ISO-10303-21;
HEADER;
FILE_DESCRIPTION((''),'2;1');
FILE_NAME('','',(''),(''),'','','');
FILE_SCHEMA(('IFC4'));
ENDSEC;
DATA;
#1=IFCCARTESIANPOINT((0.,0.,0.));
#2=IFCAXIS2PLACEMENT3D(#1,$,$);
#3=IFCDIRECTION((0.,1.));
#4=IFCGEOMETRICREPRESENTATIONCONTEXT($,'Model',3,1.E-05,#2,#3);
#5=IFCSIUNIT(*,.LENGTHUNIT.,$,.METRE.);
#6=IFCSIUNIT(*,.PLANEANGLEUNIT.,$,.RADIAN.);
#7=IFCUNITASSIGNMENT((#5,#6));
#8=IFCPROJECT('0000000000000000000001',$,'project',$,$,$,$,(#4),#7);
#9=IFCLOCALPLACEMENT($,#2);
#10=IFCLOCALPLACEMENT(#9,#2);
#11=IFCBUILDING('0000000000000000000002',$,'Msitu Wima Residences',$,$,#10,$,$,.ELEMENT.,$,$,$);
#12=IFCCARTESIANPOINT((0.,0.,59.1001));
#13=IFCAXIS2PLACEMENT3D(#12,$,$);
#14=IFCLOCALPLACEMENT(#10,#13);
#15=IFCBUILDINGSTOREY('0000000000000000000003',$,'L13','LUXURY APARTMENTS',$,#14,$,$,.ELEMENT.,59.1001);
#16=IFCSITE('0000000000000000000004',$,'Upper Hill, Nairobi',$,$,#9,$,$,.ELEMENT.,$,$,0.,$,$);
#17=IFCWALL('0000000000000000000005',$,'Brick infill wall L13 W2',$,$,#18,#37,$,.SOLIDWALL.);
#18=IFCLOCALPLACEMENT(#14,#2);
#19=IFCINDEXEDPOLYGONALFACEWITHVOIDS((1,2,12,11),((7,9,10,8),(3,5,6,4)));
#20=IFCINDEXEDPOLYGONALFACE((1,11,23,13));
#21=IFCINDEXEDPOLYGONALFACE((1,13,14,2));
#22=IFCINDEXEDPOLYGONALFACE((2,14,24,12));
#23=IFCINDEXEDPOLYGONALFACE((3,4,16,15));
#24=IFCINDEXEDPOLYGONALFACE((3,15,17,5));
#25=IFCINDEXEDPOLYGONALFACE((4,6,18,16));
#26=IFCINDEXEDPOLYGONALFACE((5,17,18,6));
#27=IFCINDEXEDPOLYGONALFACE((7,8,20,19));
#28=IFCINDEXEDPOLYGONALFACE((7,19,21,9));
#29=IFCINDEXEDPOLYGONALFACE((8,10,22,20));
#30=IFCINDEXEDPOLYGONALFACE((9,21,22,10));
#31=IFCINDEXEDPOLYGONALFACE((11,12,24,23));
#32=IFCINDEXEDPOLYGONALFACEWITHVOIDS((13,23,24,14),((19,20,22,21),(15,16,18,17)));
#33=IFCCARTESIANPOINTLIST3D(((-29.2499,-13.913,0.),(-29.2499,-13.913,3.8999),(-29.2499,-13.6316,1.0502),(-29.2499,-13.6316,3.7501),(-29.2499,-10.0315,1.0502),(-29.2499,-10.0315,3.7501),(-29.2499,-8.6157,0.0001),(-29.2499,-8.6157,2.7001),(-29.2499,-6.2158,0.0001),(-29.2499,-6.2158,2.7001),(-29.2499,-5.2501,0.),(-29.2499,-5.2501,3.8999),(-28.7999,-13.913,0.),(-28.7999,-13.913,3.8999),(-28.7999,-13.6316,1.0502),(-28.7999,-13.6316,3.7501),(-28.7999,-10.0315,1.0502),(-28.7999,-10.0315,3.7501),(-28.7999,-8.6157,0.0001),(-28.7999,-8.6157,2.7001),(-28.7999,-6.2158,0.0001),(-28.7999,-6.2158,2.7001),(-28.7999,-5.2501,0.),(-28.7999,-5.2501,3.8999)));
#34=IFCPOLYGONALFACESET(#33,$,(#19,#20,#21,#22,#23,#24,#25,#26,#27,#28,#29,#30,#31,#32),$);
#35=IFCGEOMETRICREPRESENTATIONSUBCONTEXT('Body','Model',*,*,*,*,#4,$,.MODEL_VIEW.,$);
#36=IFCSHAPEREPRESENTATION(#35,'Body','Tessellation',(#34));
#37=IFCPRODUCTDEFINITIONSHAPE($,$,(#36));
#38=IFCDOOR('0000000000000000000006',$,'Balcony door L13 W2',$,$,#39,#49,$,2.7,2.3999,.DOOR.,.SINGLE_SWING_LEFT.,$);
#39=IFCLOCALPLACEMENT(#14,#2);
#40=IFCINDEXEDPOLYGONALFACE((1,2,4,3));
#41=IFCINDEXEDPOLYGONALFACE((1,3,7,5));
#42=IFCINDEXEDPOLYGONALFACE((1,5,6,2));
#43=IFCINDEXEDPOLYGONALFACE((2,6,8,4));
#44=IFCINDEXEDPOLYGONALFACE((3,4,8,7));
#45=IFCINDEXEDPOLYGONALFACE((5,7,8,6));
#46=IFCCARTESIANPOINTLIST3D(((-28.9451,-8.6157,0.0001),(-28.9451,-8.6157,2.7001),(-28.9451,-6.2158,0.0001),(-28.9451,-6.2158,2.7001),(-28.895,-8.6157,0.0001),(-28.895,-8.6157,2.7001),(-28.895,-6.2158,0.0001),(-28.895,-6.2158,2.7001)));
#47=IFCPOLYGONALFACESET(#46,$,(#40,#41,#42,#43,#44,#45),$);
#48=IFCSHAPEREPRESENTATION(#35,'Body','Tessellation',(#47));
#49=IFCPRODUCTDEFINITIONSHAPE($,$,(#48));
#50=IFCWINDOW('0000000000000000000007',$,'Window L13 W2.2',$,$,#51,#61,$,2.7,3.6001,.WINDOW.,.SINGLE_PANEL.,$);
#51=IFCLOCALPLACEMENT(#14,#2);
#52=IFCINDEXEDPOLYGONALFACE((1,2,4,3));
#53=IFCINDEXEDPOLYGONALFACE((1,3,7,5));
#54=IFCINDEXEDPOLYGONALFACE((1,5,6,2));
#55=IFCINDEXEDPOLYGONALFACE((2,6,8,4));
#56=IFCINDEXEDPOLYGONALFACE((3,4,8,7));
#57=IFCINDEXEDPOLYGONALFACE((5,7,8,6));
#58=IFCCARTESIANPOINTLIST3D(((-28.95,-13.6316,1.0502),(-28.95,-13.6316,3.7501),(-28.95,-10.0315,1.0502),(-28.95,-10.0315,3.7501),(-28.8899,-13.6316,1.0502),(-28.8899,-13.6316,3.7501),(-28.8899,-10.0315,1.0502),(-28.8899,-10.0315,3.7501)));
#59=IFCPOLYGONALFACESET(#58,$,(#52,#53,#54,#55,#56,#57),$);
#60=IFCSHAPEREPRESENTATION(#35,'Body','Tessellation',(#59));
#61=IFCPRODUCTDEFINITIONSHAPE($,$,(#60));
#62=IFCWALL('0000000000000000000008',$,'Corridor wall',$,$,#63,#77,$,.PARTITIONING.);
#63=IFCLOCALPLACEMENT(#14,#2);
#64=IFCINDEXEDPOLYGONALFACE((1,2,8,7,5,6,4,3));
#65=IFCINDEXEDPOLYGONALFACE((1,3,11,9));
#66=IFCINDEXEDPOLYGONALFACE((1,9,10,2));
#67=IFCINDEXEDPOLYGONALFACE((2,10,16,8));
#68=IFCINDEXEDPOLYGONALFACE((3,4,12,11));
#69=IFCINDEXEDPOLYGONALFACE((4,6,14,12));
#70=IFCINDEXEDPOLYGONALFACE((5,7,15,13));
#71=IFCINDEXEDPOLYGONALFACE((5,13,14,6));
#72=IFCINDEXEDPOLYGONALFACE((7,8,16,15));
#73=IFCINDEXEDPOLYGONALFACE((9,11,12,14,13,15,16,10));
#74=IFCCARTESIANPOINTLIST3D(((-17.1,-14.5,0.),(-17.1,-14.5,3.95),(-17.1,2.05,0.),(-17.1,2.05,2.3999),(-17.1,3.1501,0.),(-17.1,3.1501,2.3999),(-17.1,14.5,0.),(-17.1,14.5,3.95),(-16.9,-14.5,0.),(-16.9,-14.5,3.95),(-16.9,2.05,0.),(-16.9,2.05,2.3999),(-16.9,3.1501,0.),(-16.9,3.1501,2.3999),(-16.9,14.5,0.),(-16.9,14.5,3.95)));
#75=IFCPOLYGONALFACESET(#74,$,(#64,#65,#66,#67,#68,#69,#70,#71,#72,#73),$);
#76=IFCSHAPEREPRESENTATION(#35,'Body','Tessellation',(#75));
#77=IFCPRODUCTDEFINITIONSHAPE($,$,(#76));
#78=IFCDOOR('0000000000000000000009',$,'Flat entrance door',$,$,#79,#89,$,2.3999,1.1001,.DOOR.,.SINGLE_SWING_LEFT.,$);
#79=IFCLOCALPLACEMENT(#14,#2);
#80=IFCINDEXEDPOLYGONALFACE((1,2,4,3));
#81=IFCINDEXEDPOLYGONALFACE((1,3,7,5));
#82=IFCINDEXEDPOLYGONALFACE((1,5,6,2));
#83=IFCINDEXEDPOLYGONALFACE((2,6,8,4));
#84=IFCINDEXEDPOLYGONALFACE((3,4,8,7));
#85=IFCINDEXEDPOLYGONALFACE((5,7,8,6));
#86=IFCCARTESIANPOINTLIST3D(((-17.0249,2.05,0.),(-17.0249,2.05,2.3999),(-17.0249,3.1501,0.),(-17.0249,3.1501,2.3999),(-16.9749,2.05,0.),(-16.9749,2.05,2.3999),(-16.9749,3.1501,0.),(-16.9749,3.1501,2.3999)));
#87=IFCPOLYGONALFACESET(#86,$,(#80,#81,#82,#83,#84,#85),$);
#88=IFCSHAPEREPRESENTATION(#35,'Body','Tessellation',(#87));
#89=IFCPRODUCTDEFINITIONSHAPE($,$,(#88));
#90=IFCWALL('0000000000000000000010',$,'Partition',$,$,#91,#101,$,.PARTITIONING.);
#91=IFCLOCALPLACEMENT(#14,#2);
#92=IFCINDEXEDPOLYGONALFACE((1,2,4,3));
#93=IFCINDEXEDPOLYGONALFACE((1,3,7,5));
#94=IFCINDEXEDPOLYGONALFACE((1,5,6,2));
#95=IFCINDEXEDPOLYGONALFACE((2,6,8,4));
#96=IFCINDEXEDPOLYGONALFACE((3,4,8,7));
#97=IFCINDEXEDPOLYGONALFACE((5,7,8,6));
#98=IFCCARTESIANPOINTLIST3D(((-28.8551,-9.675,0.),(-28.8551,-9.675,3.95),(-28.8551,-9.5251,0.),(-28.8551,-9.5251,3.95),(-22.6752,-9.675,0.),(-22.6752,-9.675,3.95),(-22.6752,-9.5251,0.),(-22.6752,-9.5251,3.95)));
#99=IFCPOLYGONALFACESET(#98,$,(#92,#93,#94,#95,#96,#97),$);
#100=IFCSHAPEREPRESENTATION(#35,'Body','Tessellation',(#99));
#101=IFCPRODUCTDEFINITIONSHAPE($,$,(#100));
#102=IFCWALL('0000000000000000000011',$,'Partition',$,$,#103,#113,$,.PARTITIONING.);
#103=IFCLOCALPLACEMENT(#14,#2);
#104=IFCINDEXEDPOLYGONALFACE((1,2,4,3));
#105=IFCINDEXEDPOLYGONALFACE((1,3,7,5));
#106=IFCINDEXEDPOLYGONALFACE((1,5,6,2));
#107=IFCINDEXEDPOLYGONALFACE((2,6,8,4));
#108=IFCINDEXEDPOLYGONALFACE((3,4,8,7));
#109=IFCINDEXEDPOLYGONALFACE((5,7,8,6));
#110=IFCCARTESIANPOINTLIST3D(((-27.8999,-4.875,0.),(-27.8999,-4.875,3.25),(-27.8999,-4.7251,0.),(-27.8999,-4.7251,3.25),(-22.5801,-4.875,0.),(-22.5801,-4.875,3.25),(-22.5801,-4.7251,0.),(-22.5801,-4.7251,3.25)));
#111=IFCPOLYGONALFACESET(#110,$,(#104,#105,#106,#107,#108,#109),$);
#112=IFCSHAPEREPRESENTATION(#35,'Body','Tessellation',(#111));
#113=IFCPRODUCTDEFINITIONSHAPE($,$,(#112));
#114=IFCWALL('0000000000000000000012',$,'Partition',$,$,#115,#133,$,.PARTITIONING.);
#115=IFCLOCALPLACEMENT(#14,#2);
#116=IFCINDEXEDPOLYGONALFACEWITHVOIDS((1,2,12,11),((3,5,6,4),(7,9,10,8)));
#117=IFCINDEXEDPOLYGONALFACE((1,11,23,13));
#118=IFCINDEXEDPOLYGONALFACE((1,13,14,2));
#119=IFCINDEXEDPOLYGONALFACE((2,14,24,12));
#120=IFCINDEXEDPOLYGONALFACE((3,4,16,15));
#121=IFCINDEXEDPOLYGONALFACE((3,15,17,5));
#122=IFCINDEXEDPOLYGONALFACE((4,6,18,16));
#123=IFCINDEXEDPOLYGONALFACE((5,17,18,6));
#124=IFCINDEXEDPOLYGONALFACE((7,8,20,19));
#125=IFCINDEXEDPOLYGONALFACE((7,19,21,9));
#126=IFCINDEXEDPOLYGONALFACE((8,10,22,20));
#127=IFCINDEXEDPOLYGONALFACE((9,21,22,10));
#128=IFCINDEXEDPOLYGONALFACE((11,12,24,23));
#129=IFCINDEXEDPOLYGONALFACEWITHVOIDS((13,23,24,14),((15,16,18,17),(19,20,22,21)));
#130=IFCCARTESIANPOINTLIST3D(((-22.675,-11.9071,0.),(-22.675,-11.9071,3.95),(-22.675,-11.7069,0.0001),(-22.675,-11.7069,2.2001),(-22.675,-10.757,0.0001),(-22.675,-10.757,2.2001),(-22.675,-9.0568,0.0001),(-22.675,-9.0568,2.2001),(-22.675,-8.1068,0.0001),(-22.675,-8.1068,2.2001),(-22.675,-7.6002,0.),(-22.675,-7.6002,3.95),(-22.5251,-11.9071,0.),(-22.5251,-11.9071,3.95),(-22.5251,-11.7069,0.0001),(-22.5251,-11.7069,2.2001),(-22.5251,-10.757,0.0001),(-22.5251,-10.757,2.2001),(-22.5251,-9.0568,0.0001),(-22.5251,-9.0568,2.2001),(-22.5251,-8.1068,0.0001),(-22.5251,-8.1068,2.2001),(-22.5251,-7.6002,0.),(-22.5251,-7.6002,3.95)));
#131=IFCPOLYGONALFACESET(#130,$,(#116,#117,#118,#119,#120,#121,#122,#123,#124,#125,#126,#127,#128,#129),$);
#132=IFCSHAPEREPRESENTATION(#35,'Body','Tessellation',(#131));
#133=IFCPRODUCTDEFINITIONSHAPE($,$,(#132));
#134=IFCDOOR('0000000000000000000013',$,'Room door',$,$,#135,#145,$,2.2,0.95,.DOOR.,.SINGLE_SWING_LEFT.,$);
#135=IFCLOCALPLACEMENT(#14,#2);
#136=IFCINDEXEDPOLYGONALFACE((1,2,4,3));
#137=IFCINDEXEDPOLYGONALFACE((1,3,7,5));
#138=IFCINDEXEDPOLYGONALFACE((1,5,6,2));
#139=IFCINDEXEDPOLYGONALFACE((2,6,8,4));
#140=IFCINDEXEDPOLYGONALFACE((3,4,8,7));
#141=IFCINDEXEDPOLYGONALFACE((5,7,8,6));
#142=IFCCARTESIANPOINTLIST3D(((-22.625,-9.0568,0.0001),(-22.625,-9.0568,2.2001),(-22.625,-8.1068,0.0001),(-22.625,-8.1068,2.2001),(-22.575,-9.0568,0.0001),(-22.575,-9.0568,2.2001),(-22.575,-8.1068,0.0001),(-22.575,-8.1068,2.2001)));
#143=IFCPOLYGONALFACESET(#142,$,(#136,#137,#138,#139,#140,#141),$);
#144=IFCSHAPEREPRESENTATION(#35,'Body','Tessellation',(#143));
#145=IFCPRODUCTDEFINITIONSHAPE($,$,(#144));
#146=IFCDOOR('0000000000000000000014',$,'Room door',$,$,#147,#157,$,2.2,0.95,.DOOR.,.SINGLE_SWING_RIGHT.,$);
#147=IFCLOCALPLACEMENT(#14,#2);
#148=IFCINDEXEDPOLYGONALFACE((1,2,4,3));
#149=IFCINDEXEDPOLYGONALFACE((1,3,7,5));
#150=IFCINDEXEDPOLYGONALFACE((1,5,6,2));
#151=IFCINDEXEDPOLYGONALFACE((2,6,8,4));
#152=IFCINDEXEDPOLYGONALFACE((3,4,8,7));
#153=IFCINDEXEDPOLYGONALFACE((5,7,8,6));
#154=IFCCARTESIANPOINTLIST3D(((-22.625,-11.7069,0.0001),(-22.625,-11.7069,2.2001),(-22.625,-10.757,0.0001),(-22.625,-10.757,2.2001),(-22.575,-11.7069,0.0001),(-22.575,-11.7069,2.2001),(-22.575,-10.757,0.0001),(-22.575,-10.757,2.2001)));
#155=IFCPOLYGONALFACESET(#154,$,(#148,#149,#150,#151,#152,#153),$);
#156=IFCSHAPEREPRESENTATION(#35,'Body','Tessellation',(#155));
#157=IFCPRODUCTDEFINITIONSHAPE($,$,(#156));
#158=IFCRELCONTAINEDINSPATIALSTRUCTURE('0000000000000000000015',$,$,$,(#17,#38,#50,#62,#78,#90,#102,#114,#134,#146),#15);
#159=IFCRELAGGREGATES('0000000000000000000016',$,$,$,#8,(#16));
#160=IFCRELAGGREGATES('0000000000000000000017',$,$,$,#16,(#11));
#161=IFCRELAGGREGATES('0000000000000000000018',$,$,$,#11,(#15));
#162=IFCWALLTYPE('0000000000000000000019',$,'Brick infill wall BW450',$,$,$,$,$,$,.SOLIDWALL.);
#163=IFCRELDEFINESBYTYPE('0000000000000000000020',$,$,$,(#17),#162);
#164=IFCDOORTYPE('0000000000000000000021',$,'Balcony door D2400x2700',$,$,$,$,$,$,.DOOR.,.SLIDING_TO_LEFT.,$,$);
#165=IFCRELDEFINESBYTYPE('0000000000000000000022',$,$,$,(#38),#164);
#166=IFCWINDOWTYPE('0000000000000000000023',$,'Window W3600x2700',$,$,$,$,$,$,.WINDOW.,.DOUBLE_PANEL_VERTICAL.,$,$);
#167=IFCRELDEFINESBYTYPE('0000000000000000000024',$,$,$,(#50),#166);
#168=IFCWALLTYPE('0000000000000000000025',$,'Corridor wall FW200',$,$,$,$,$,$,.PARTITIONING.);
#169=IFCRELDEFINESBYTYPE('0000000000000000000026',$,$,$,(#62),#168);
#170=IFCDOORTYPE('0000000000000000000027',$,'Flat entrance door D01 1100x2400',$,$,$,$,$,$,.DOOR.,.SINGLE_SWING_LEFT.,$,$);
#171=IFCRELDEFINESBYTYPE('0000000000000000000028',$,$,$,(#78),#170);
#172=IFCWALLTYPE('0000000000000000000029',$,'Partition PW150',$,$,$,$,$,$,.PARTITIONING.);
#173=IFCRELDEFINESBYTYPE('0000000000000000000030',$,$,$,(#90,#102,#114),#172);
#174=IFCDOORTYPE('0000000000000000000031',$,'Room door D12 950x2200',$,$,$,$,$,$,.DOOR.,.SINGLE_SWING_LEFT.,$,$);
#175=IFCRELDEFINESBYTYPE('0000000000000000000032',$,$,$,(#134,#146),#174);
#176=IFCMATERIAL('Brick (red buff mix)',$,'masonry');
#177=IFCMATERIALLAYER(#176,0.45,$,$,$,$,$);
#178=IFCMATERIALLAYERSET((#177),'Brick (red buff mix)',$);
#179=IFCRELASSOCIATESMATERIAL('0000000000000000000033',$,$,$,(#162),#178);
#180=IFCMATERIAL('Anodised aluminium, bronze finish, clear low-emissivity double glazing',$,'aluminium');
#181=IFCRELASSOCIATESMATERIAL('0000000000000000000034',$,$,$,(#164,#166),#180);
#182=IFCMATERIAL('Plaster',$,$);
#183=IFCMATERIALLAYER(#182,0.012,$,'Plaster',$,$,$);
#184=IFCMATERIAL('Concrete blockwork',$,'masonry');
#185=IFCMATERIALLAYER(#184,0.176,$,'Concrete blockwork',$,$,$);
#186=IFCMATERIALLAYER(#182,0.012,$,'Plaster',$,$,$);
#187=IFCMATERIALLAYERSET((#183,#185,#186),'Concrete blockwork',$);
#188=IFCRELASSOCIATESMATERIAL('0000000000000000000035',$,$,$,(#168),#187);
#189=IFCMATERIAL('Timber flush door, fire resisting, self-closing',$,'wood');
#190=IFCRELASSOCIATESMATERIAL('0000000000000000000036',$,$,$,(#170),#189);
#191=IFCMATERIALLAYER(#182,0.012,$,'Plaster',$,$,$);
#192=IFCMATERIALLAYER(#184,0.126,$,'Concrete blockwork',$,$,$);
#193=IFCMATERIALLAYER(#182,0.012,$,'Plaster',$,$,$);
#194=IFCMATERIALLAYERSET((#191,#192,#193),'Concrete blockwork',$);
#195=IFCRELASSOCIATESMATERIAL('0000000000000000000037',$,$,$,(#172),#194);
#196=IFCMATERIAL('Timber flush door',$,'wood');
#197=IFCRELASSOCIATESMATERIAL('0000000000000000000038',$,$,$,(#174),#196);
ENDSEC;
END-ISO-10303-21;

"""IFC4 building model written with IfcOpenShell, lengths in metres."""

from ifc_helpers import new_model, si_unit, direction, frame, frame_2d, origin, place, context, subcontext, project, spatial, rectangle, extrude, material, layer, layer_set, type_object, element, fill, save


model = new_model("IFC4")

# Units and contexts
model_context = context("Model", 3, precision=1e-05, world=origin(), true_north=direction((0.0, 1.0)))
body_context = subcontext(model_context, "Body", "Model", "MODEL_VIEW")
ifc_project = project(units=[si_unit("LENGTHUNIT", "METRE"), si_unit("PLANEANGLEUNIT", "RADIAN")], contexts=[model_context])

# Site, building, storey
site_placement = place(None, origin())
site = spatial("IfcSite", under=ifc_project, at=site_placement, Name="Upper Hill, Nairobi", CompositionType="ELEMENT", RefElevation=0.0)
building_placement = place(site_placement, origin())
building = spatial("IfcBuilding", under=site, at=building_placement, Name="Msitu Wima Residences", CompositionType="ELEMENT")
storey_placement = place(building_placement, frame((0.0, 0.0, 59.1001)))
storey = spatial("IfcBuildingStorey", under=building, at=storey_placement, Name="L13", Description="LUXURY APARTMENTS", CompositionType="ELEMENT", Elevation=59.1001)

# Wall, openings, door, window
ifc_material_1 = material(Name="Brick (red buff mix)", Category="masonry")
ifc_layer_1 = layer(ifc_material_1, 0.45)
ifc_layer_set_1 = layer_set([ifc_layer_1], Name="Brick (red buff mix)")
wall_type_1 = type_object("IfcWallType", Name="Brick infill wall BW450", PredefinedType="SOLIDWALL", material=ifc_layer_set_1)
wall_1_placement = place(storey_placement, frame((-29.0249, -5.25, 0.0), z_axis=(0.0, 0.0, 1.0), x_axis=(0.0, -1.0, 0.0)))
wall_1 = element("IfcWall", 1, at=wall_1_placement, inside=storey, type_object=wall_type_1, Name="Brick infill wall L13 W2", PredefinedType="SOLIDWALL", context=body_context, shape_type="SweptSolid", body=[
    extrude(rectangle(XDim=8.6628, YDim=0.45, at=frame_2d((4.3315, 0.0))), origin(), (0.0, 0.0, 1.0), 3.8999),
])
opening_1_placement = place(wall_1_placement, frame((0.9658, 0.0, 0.0)))
opening_1 = element("IfcOpeningElement", 2, at=opening_1_placement, cuts=wall_1, PredefinedType="OPENING", context=body_context, shape_type="SweptSolid", body=[
    extrude(rectangle(XDim=2.3999, YDim=2.7, at=frame_2d((1.2, 1.3501))), frame((0.0, 0.2349, 0.0), z_axis=(0.0, -1.0, 0.0), x_axis=(1.0, 0.0, 0.0)), (0.0, 0.0, 1.0), 0.47),
])
opening_2_placement = place(wall_1_placement, frame((4.7815, 0.0, 1.05)))
opening_2 = element("IfcOpeningElement", 3, at=opening_2_placement, cuts=wall_1, PredefinedType="OPENING", context=body_context, shape_type="SweptSolid", body=[
    extrude(rectangle(XDim=3.6001, YDim=2.7, at=frame_2d((1.8, 1.3501))), frame((0.0, 0.2349, 0.0), z_axis=(0.0, -1.0, 0.0), x_axis=(1.0, 0.0, 0.0)), (0.0, 0.0, 1.0), 0.47),
])
ifc_material_2 = material(Name="Anodised aluminium, bronze finish, clear low-emissivity double glazing", Category="aluminium")
door_type_1 = type_object("IfcDoorType", Name="Balcony door D2400x2700", OperationType="SLIDING_TO_LEFT", PredefinedType="DOOR", material=ifc_material_2)
door_1_placement = place(opening_1_placement, origin())
door_1 = element("IfcDoor", 4, at=door_1_placement, inside=storey, type_object=door_type_1, Name="Balcony door L13 W2", OperationType="SINGLE_SWING_LEFT", OverallHeight=2.7, OverallWidth=2.3999, PredefinedType="DOOR", context=body_context, shape_type="SweptSolid", body=[
    extrude(rectangle(XDim=2.3999, YDim=2.7, at=frame_2d((1.2, 1.3501))), frame((0.0, 0.1299, 0.0), z_axis=(0.0, -1.0, 0.0), x_axis=(1.0, 0.0, 0.0)), (0.0, 0.0, 1.0), 0.05),
])
fill(opening_1, door_1)
window_type = type_object("IfcWindowType", Name="Window W3600x2700", PartitioningType="DOUBLE_PANEL_VERTICAL", PredefinedType="WINDOW", material=ifc_material_2)
window_placement = place(opening_2_placement, origin())
window = element("IfcWindow", 5, at=window_placement, inside=storey, type_object=window_type, Name="Window L13 W2.2", OverallHeight=2.7, OverallWidth=3.6001, PartitioningType="SINGLE_PANEL", PredefinedType="WINDOW", context=body_context, shape_type="SweptSolid", body=[
    extrude(rectangle(XDim=3.6001, YDim=2.7, at=frame_2d((1.8, 1.3501))), frame((0.0, 0.135, 0.0), z_axis=(0.0, -1.0, 0.0), x_axis=(1.0, 0.0, 0.0)), (0.0, 0.0, 1.0), 0.0601),
])
fill(opening_2, window)

# Wall, opening, door
ifc_material_3 = material(Name="Plaster")
ifc_layer_2 = layer(ifc_material_3, 0.012, Name="Plaster")
ifc_material_4 = material(Name="Concrete blockwork", Category="masonry")
ifc_layer_3 = layer(ifc_material_4, 0.176, Name="Concrete blockwork")
ifc_layer_4 = layer(ifc_material_3, 0.012, Name="Plaster")
ifc_layer_set_2 = layer_set([ifc_layer_2, ifc_layer_3, ifc_layer_4], Name="Concrete blockwork")
wall_type_2 = type_object("IfcWallType", Name="Corridor wall FW200", PredefinedType="PARTITIONING", material=ifc_layer_set_2)
wall_2_placement = place(storey_placement, frame((-17.0, -14.5, 0.0), z_axis=(0.0, 0.0, 1.0), x_axis=(0.0, 1.0, 0.0)))
wall_2 = element("IfcWall", 6, at=wall_2_placement, inside=storey, type_object=wall_type_2, Name="Corridor wall", PredefinedType="PARTITIONING", context=body_context, shape_type="SweptSolid", body=[
    extrude(rectangle(XDim=29.0, YDim=0.2, at=frame_2d((14.5, 0.0))), origin(), (0.0, 0.0, 1.0), 3.95),
])
opening_3_placement = place(wall_2_placement, frame((16.55, 0.0, 0.0)))
opening_3 = element("IfcOpeningElement", 7, at=opening_3_placement, cuts=wall_2, PredefinedType="OPENING", context=body_context, shape_type="SweptSolid", body=[
    extrude(rectangle(XDim=1.1001, YDim=2.3999, at=frame_2d((0.55, 1.2))), frame((0.0, 0.1099, 0.0), z_axis=(0.0, -1.0, 0.0), x_axis=(1.0, 0.0, 0.0)), (0.0, 0.0, 1.0), 0.22),
])
ifc_material_5 = material(Name="Timber flush door, fire resisting, self-closing", Category="wood")
door_type_2 = type_object("IfcDoorType", Name="Flat entrance door D01 1100x2400", OperationType="SINGLE_SWING_LEFT", PredefinedType="DOOR", material=ifc_material_5)
door_2_placement = place(opening_3_placement, origin())
door_2 = element("IfcDoor", 8, at=door_2_placement, inside=storey, type_object=door_type_2, Name="Flat entrance door", OperationType="SINGLE_SWING_LEFT", OverallHeight=2.3999, OverallWidth=1.1001, PredefinedType="DOOR", context=body_context, shape_type="SweptSolid", body=[
    extrude(rectangle(XDim=1.1001, YDim=2.3999, at=frame_2d((0.55, 1.2))), frame((0.0, 0.0249, 0.0), z_axis=(0.0, -1.0, 0.0), x_axis=(1.0, 0.0, 0.0)), (0.0, 0.0, 1.0), 0.05),
])
fill(opening_3, door_2)

# Walls
ifc_layer_5 = layer(ifc_material_3, 0.012, Name="Plaster")
ifc_layer_6 = layer(ifc_material_4, 0.126, Name="Concrete blockwork")
ifc_layer_7 = layer(ifc_material_3, 0.012, Name="Plaster")
ifc_layer_set_3 = layer_set([ifc_layer_5, ifc_layer_6, ifc_layer_7], Name="Concrete blockwork")
wall_type_3 = type_object("IfcWallType", Name="Partition PW150", PredefinedType="PARTITIONING", material=ifc_layer_set_3)
wall_3_placement = place(storey_placement, frame((-28.855, -9.6001, 0.0), z_axis=(0.0, 0.0, 1.0), x_axis=(1.0, 0.0, 0.0)))
element("IfcWall", 9, at=wall_3_placement, inside=storey, type_object=wall_type_3, Name="Partition", PredefinedType="PARTITIONING", context=body_context, shape_type="SweptSolid", body=[
    extrude(rectangle(XDim=6.1799, YDim=0.1499, at=frame_2d((3.0898, 0.0))), origin(), (0.0, 0.0, 1.0), 3.95),
])
wall_4_placement = place(storey_placement, frame((-27.8999, -4.8, 0.0), z_axis=(0.0, 0.0, 1.0), x_axis=(1.0, 0.0, 0.0)))
element("IfcWall", 10, at=wall_4_placement, inside=storey, type_object=wall_type_3, Name="Partition", PredefinedType="PARTITIONING", context=body_context, shape_type="SweptSolid", body=[
    extrude(rectangle(XDim=5.3198, YDim=0.1499, at=frame_2d((2.6599, 0.0))), origin(), (0.0, 0.0, 1.0), 3.25),
])

# Wall, openings, doors
wall_5_placement = place(storey_placement, frame((-22.6001, -11.907, 0.0), z_axis=(0.0, 0.0, 1.0), x_axis=(0.0, 1.0, 0.0)))
wall_5 = element("IfcWall", 11, at=wall_5_placement, inside=storey, type_object=wall_type_3, Name="Partition", PredefinedType="PARTITIONING", context=body_context, shape_type="SweptSolid", body=[
    extrude(rectangle(XDim=4.3069, YDim=0.1499, at=frame_2d((2.1533, 0.0))), origin(), (0.0, 0.0, 1.0), 3.95),
])
opening_4_placement = place(wall_5_placement, frame((2.8501, 0.0, 0.0)))
opening_4 = element("IfcOpeningElement", 12, at=opening_4_placement, cuts=wall_5, PredefinedType="OPENING", context=body_context, shape_type="SweptSolid", body=[
    extrude(rectangle(XDim=0.95, YDim=2.2, at=frame_2d((0.4751, 1.1001))), frame((0.0, 0.085, 0.0), z_axis=(0.0, -1.0, 0.0), x_axis=(1.0, 0.0, 0.0)), (0.0, 0.0, 1.0), 0.1699),
])
opening_5_placement = place(wall_5_placement, frame((0.2, 0.0, 0.0)))
opening_5 = element("IfcOpeningElement", 13, at=opening_5_placement, cuts=wall_5, PredefinedType="OPENING", context=body_context, shape_type="SweptSolid", body=[
    extrude(rectangle(XDim=0.95, YDim=2.2, at=frame_2d((0.4751, 1.1001))), frame((0.0, 0.085, 0.0), z_axis=(0.0, -1.0, 0.0), x_axis=(1.0, 0.0, 0.0)), (0.0, 0.0, 1.0), 0.1699),
])
ifc_material_6 = material(Name="Timber flush door", Category="wood")
door_type_3 = type_object("IfcDoorType", Name="Room door D12 950x2200", OperationType="SINGLE_SWING_LEFT", PredefinedType="DOOR", material=ifc_material_6)
door_3_placement = place(opening_4_placement, origin())
door_3 = element("IfcDoor", 14, at=door_3_placement, inside=storey, type_object=door_type_3, Name="Room door", OperationType="SINGLE_SWING_LEFT", OverallHeight=2.2, OverallWidth=0.95, PredefinedType="DOOR", context=body_context, shape_type="SweptSolid", body=[
    extrude(rectangle(XDim=0.95, YDim=2.2, at=frame_2d((0.4751, 1.1001))), frame((0.0, 0.0249, 0.0), z_axis=(0.0, -1.0, 0.0), x_axis=(1.0, 0.0, 0.0)), (0.0, 0.0, 1.0), 0.05),
])
fill(opening_4, door_3)
door_4_placement = place(opening_5_placement, origin())
door_4 = element("IfcDoor", 15, at=door_4_placement, inside=storey, type_object=door_type_3, Name="Room door", OperationType="SINGLE_SWING_RIGHT", OverallHeight=2.2, OverallWidth=0.95, PredefinedType="DOOR", context=body_context, shape_type="SweptSolid", body=[
    extrude(rectangle(XDim=0.95, YDim=2.2, at=frame_2d((0.4751, 1.1001))), frame((0.0, 0.0249, 0.0), z_axis=(0.0, -1.0, 0.0), x_axis=(1.0, 0.0, 0.0)), (0.0, 0.0, 1.0), 0.05),
])
fill(opening_5, door_4)

save(model, "model.ifc")
